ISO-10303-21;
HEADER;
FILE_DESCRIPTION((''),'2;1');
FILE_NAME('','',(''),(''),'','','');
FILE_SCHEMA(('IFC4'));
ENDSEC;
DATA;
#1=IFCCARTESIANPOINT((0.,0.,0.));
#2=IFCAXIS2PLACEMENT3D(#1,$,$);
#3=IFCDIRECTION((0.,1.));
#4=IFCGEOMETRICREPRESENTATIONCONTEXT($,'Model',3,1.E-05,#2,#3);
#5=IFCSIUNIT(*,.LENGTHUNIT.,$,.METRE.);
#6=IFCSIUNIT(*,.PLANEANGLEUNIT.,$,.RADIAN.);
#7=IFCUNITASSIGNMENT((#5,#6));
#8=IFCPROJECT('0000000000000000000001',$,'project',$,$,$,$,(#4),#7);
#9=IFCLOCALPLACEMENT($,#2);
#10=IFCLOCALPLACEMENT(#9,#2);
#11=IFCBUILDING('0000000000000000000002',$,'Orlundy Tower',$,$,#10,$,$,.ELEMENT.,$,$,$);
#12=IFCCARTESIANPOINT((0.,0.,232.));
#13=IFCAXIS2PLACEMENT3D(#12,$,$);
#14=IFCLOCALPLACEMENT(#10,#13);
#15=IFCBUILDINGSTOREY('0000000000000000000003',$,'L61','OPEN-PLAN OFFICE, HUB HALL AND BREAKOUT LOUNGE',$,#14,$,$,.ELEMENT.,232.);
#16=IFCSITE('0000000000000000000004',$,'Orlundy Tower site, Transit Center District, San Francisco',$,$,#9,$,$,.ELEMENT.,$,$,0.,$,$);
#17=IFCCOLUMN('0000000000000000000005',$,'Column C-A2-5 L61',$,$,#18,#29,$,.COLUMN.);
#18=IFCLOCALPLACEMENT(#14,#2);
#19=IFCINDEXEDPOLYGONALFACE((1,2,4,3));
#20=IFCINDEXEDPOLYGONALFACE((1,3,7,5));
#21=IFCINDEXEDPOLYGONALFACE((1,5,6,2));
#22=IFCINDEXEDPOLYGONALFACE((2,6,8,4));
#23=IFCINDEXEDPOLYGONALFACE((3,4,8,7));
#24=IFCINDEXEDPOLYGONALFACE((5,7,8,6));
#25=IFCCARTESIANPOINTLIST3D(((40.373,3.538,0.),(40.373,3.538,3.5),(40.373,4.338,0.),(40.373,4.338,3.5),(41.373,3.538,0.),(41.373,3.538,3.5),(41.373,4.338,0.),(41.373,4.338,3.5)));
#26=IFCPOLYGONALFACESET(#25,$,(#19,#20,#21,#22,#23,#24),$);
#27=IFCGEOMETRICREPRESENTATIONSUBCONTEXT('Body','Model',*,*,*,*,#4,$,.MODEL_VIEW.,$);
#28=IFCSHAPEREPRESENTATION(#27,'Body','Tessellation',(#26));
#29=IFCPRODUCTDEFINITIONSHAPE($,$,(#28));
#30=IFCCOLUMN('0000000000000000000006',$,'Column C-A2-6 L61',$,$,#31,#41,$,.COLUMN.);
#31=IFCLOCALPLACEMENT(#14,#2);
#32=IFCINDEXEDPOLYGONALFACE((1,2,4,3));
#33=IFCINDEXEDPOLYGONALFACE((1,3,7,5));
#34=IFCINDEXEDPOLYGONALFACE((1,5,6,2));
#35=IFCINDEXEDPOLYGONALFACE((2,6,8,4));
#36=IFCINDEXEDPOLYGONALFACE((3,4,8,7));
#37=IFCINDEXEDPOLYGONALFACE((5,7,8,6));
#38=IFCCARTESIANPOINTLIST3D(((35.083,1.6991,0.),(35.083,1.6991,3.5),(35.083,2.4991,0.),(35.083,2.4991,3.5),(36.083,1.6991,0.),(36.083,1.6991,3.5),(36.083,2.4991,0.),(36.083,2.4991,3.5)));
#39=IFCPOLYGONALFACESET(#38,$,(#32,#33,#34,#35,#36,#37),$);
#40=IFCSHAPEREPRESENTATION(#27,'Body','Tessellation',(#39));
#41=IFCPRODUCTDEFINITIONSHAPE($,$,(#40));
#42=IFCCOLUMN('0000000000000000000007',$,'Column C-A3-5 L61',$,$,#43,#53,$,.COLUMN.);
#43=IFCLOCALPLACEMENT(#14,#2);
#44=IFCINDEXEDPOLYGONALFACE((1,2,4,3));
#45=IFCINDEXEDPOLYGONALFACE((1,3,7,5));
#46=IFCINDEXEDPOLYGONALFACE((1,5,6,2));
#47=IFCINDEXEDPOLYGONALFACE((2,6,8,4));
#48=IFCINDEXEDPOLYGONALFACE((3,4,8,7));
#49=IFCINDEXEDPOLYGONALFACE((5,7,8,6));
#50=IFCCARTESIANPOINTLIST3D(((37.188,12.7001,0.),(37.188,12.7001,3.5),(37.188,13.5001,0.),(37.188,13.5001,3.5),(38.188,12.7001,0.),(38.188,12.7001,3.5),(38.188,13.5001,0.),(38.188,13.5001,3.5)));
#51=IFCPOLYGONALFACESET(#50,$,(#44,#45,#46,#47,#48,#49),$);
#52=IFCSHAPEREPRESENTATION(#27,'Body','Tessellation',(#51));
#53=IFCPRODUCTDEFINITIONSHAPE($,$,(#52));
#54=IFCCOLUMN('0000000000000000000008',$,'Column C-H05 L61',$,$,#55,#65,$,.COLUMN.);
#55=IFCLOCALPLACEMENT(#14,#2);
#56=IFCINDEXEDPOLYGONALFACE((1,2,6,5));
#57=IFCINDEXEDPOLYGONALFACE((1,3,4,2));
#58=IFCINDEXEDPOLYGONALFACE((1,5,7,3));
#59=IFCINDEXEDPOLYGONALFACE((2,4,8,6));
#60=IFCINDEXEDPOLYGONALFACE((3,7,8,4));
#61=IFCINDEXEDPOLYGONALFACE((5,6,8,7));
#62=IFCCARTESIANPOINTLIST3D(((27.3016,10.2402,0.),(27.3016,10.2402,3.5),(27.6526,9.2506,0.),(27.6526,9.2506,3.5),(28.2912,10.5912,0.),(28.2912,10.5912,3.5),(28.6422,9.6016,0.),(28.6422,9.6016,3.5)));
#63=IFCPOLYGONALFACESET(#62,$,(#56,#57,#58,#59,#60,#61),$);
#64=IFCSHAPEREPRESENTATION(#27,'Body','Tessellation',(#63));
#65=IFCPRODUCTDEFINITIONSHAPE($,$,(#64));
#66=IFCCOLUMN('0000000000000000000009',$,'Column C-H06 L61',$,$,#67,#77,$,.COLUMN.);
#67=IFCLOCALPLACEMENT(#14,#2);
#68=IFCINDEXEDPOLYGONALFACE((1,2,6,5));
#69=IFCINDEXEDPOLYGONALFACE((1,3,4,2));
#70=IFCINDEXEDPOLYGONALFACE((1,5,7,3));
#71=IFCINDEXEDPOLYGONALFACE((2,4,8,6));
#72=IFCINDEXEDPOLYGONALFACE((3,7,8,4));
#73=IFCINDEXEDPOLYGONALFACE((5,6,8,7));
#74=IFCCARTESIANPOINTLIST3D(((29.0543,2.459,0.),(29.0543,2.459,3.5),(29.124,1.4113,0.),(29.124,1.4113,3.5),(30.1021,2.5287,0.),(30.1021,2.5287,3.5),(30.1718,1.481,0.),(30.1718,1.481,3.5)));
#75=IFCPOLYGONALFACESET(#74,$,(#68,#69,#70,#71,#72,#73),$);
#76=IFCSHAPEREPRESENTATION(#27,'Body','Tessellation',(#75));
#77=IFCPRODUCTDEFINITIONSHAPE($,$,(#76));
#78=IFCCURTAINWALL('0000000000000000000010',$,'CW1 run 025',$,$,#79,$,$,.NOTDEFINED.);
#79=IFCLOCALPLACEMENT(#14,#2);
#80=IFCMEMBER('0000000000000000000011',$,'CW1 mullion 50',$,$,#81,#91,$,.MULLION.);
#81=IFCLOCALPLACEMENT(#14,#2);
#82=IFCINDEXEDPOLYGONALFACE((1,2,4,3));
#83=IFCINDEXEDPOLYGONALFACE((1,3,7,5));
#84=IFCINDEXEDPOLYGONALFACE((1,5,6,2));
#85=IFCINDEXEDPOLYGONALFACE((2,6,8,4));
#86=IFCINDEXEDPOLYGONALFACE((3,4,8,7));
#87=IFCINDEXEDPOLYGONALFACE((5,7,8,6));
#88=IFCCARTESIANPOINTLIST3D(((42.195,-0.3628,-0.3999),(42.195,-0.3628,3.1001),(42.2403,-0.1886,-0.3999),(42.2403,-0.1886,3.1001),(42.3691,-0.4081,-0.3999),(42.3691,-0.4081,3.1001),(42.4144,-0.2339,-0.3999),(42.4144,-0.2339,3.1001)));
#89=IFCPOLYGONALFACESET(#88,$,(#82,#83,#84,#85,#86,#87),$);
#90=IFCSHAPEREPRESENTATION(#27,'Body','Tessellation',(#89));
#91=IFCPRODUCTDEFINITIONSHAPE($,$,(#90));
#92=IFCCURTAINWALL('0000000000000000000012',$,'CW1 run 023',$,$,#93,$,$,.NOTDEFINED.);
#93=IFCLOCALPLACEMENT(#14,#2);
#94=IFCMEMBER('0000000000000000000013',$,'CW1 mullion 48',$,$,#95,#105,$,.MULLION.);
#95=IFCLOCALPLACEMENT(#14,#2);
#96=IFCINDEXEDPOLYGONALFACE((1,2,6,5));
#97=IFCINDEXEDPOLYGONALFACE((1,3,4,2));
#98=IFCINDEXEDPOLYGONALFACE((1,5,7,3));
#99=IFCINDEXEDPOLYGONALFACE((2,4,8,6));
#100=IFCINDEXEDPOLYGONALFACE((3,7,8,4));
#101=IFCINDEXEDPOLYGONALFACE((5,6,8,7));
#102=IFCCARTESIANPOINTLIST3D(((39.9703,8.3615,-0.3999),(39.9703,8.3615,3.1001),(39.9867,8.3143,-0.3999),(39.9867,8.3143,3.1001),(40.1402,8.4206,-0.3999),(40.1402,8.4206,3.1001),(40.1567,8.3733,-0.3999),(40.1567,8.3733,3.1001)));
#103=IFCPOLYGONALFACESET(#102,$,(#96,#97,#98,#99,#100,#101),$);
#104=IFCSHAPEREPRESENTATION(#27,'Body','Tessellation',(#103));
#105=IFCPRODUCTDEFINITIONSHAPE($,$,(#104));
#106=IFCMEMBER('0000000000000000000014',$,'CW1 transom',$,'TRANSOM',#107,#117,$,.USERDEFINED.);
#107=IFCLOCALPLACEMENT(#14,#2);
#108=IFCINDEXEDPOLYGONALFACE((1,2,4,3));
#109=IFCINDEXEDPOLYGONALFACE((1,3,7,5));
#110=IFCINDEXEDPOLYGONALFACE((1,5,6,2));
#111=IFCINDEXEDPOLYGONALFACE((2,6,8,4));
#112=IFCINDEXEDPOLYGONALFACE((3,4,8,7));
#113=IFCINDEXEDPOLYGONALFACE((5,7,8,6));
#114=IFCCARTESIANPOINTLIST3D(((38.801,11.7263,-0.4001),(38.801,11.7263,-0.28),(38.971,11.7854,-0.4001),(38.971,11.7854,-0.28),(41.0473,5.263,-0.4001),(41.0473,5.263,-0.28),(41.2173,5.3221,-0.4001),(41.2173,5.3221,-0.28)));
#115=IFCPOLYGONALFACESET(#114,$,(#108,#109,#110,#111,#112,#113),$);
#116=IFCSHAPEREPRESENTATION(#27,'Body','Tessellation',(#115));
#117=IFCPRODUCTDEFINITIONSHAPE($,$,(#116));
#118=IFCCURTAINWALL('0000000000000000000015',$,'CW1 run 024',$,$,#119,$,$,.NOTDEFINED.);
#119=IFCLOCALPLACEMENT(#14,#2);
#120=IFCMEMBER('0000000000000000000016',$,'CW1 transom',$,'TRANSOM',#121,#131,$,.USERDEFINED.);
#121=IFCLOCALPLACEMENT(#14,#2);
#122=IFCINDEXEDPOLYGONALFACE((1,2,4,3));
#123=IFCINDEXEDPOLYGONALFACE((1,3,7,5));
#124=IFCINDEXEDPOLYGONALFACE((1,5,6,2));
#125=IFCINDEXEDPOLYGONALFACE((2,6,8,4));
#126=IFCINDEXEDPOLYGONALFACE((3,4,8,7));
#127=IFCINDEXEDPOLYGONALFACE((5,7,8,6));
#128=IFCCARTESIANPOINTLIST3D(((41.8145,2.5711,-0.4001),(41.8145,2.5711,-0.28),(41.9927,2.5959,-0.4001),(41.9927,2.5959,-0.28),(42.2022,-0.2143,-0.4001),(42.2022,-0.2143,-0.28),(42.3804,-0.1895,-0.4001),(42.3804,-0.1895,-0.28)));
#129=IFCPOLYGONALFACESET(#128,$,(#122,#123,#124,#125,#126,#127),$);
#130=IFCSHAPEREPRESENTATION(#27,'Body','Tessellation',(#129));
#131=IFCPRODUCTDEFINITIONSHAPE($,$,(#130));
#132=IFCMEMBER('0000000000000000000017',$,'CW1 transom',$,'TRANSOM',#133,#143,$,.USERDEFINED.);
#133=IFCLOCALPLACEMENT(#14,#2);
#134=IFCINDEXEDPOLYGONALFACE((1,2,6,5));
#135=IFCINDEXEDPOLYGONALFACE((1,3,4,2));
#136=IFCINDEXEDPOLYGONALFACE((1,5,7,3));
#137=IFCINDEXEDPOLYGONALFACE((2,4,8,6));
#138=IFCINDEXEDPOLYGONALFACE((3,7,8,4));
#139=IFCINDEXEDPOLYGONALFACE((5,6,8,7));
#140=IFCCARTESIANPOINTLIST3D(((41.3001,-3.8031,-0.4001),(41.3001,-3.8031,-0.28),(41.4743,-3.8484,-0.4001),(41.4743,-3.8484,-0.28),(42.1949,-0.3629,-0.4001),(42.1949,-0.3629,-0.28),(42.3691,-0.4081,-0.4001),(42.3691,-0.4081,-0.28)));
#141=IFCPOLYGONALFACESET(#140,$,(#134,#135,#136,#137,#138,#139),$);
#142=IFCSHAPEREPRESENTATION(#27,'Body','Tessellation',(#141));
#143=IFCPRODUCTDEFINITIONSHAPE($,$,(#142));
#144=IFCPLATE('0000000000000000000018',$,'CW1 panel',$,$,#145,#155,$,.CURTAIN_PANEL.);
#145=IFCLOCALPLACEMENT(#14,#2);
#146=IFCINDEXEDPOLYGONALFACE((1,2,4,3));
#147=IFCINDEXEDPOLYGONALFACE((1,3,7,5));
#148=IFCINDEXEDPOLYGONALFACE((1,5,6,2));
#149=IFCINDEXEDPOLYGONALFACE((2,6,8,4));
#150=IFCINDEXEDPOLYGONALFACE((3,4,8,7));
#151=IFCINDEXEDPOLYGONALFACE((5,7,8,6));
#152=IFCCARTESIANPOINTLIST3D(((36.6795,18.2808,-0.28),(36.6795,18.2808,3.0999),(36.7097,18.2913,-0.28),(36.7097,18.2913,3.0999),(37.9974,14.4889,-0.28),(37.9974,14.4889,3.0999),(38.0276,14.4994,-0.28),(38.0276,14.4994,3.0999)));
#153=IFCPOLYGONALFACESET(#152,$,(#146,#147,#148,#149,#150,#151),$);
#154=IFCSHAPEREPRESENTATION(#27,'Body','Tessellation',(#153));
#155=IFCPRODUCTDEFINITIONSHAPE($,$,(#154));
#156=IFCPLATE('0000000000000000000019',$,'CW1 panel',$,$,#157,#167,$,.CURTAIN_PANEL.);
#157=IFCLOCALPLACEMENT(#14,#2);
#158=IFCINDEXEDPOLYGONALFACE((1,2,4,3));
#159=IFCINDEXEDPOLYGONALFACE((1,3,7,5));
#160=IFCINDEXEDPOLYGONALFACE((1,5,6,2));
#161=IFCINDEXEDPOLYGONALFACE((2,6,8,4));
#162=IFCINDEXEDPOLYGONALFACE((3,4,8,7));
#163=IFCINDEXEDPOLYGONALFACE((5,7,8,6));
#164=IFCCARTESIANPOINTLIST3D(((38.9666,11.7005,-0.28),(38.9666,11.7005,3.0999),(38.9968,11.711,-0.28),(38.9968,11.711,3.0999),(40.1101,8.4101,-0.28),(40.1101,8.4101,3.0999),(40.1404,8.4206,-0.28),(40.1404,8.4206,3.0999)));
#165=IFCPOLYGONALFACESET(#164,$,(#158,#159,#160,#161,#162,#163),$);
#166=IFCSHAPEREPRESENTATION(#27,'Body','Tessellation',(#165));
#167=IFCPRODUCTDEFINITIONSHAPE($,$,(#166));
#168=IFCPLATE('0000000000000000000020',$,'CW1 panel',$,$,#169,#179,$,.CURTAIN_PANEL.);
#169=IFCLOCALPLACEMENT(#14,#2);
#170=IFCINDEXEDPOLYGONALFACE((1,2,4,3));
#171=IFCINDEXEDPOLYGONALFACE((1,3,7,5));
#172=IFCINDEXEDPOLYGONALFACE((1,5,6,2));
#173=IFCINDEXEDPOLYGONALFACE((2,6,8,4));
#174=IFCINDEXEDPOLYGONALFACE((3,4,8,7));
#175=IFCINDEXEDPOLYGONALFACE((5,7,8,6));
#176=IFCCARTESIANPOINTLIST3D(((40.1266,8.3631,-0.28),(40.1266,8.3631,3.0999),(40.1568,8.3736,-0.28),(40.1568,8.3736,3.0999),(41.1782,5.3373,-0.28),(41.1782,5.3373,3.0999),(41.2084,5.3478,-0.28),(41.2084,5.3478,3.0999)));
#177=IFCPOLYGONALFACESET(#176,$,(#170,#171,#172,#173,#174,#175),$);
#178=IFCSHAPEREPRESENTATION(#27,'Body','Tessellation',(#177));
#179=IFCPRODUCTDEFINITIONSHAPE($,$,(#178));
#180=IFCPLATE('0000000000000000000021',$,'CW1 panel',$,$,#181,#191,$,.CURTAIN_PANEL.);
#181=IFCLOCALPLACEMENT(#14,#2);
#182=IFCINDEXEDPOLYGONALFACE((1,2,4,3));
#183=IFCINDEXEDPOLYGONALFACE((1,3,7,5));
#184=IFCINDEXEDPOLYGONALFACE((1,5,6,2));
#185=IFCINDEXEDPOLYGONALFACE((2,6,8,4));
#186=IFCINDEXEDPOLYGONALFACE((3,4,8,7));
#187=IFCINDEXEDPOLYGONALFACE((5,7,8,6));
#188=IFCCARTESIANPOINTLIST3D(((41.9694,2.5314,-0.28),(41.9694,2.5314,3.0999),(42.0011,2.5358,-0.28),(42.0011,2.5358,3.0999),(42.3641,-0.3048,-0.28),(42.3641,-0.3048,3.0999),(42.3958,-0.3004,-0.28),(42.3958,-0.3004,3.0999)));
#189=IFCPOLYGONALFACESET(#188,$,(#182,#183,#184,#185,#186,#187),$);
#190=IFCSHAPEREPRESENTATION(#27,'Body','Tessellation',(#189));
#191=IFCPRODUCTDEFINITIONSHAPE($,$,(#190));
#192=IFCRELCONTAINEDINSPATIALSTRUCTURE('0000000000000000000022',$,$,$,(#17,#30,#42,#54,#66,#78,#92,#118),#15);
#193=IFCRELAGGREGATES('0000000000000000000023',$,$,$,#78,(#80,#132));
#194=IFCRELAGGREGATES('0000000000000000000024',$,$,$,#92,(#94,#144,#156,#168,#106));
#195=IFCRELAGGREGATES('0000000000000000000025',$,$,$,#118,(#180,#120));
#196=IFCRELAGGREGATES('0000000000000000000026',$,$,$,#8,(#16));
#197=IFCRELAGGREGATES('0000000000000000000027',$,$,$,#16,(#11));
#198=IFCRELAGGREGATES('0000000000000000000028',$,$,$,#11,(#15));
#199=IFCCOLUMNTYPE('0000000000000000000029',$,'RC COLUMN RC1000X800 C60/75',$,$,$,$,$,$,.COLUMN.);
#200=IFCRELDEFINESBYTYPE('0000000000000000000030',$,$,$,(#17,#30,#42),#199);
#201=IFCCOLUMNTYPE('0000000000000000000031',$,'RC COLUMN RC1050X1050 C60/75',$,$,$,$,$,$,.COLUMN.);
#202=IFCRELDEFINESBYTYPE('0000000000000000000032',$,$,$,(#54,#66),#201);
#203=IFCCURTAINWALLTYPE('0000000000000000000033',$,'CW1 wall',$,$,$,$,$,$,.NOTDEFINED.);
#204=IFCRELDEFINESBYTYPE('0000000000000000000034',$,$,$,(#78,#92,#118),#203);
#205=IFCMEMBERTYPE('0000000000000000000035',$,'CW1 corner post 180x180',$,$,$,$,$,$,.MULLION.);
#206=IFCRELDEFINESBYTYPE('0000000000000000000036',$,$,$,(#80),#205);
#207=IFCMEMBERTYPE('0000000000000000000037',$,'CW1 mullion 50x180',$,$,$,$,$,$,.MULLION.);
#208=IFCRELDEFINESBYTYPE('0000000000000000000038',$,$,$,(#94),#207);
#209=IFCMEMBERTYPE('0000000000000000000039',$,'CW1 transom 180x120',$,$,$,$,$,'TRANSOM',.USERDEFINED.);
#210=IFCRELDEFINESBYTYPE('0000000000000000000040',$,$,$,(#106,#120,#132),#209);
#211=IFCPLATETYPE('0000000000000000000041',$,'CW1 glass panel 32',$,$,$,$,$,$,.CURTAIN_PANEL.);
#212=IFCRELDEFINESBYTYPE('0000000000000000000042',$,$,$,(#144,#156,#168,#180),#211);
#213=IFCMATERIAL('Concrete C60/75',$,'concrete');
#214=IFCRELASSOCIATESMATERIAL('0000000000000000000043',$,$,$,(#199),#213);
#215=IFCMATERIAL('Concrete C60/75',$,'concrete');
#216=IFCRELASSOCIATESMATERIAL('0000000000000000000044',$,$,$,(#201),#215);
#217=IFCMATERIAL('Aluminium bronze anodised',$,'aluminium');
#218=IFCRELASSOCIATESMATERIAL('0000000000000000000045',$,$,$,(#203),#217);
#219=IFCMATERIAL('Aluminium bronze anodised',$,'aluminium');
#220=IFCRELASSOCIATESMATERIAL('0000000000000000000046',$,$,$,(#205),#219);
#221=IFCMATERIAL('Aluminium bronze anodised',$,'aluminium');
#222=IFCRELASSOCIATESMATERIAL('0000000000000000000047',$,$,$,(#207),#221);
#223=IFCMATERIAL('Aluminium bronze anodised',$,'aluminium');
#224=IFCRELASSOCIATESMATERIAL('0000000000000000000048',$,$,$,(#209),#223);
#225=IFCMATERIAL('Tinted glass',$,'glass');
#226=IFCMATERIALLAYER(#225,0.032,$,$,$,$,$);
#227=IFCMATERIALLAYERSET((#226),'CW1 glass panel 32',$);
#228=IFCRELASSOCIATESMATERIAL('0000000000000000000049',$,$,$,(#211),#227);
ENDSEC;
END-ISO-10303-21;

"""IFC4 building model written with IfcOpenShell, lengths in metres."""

from ifc_helpers import new_model, si_unit, direction, frame, origin, origin_2d, place, context, subcontext, project, spatial, rectangle, extrude, material, layer, layer_set, material_profile, profile_set, type_object, element, aggregate, save


model = new_model("IFC4")

# Units and contexts
model_context = context("Model", 3, precision=1e-05, world=origin(), true_north=direction((0.0, 1.0)))
body_context = subcontext(model_context, "Body", "Model", "MODEL_VIEW")
ifc_project = project(units=[si_unit("LENGTHUNIT", "METRE"), si_unit("PLANEANGLEUNIT", "RADIAN")], contexts=[model_context])

# Site, building, storey
site_placement = place(None, origin())
site = spatial("IfcSite", under=ifc_project, at=site_placement, Name="Orlundy Tower site, Transit Center District, San Francisco", CompositionType="ELEMENT", RefElevation=0.0)
building_placement = place(site_placement, origin())
building = spatial("IfcBuilding", under=site, at=building_placement, Name="Orlundy Tower", CompositionType="ELEMENT")
storey_placement = place(building_placement, frame((0.0, 0.0, 232.0)))
storey = spatial("IfcBuildingStorey", under=building, at=storey_placement, Name="L61", Description="OPEN-PLAN OFFICE, HUB HALL AND BREAKOUT LOUNGE", CompositionType="ELEMENT", Elevation=232.0)

# Columns
ifc_material_1 = material(Name="Concrete C60/75", Category="concrete")
ifc_material_profile_1 = material_profile(ifc_material_1, rectangle(XDim=1.0, YDim=0.8, at=origin_2d()), Name="RC1000X800")
ifc_profile_set_1 = profile_set([ifc_material_profile_1], Name="Concrete C60/75")
column_type_1 = type_object("IfcColumnType", Name="RC COLUMN RC1000X800 C60/75", PredefinedType="COLUMN", material=ifc_profile_set_1)
for number, where, z_axis, x_axis, name in (
    (1, (40.873, 3.938, 0.0), (0.0, 0.0, 1.0), (1.0, 0.0, 0.0), "Column C-A2-5 L61"),
    (2, (35.583, 2.0991, 0.0), (0.0, 0.0, 1.0), (1.0, 0.0, 0.0), "Column C-A2-6 L61"),
    (3, (37.688, 13.1001, 0.0), (0.0, 0.0, 1.0), (1.0, 0.0, 0.0), "Column C-A3-5 L61"),
):
    element("IfcColumn", number, at=place(storey_placement, frame(where, z_axis=z_axis, x_axis=x_axis)), inside=storey, type_object=column_type_1, Name=name, PredefinedType="COLUMN", context=body_context, shape_type="SweptSolid", body=[
        extrude(rectangle(XDim=1.0, YDim=0.8, at=origin_2d()), origin(), (0.0, 0.0, 1.0), 3.5),
    ])
ifc_material_2 = material(Name="Concrete C60/75", Category="concrete")
ifc_material_profile_2 = material_profile(ifc_material_2, rectangle(XDim=1.05, YDim=1.05, at=origin_2d()), Name="RC1050X1050")
ifc_profile_set_2 = profile_set([ifc_material_profile_2], Name="Concrete C60/75")
column_type_2 = type_object("IfcColumnType", Name="RC COLUMN RC1050X1050 C60/75", PredefinedType="COLUMN", material=ifc_profile_set_2)
for number, where, z_axis, x_axis, name in (
    (4, (27.9719, 9.9209, 0.0), (0.0, 0.0, 1.0), (0.942478, 0.334267, 0.0), "Column C-H05 L61"),
    (5, (29.613, 1.97, 0.0), (0.0, 0.0, 1.0), (0.997795, 0.066378, 0.0), "Column C-H06 L61"),
):
    element("IfcColumn", number, at=place(storey_placement, frame(where, z_axis=z_axis, x_axis=x_axis)), inside=storey, type_object=column_type_2, Name=name, PredefinedType="COLUMN", context=body_context, shape_type="SweptSolid", body=[
        extrude(rectangle(XDim=1.05, YDim=1.05, at=origin_2d()), origin(), (0.0, 0.0, 1.0), 3.5),
    ])

# Curtain wall, member
ifc_material_3 = material(Name="Aluminium bronze anodised", Category="aluminium")
curtain_wall_type = type_object("IfcCurtainWallType", Name="CW1 wall", PredefinedType="NOTDEFINED", material=ifc_material_3)
curtain_wall_1_placement = place(storey_placement, origin())
curtain_wall_1 = element("IfcCurtainWall", 6, at=curtain_wall_1_placement, inside=storey, type_object=curtain_wall_type, Name="CW1 run 025", PredefinedType="NOTDEFINED")
ifc_material_4 = material(Name="Aluminium bronze anodised", Category="aluminium")
ifc_material_profile_3 = material_profile(ifc_material_4, rectangle(XDim=0.1799, YDim=0.1799, at=origin_2d()), Name="CW1 corner post 180x180")
ifc_profile_set_3 = profile_set([ifc_material_profile_3], Name="Aluminium bronze anodised")
member_type_1 = type_object("IfcMemberType", Name="CW1 corner post 180x180", PredefinedType="MULLION", material=ifc_profile_set_3)
member_1_placement = place(storey_placement, frame((42.3047, -0.2983, -0.3999), z_axis=(0.0, 0.0, 1.0), x_axis=(0.967798, -0.25173, 0.0)))
member_1 = element("IfcMember", 7, at=member_1_placement, type_object=member_type_1, Name="CW1 mullion 50", PredefinedType="MULLION", context=body_context, shape_type="SweptSolid", body=[
    extrude(rectangle(XDim=0.1799, YDim=0.1799, at=origin_2d()), origin(), (0.0, 0.0, 1.0), 3.5),
])

# Curtain wall, members
curtain_wall_2_placement = place(storey_placement, origin())
curtain_wall_2 = element("IfcCurtainWall", 8, at=curtain_wall_2_placement, inside=storey, type_object=curtain_wall_type, Name="CW1 run 023", PredefinedType="NOTDEFINED")
ifc_material_5 = material(Name="Aluminium bronze anodised", Category="aluminium")
ifc_material_profile_4 = material_profile(ifc_material_5, rectangle(XDim=0.1799, YDim=0.05, at=origin_2d()), Name="CW1 mullion 50x180")
ifc_profile_set_4 = profile_set([ifc_material_profile_4], Name="Aluminium bronze anodised")
member_type_2 = type_object("IfcMemberType", Name="CW1 mullion 50x180", PredefinedType="MULLION", material=ifc_profile_set_4)
member_2_placement = place(storey_placement, frame((40.0635, 8.3674, -0.3999), z_axis=(0.0, 0.0, 1.0), x_axis=(0.944578, 0.328288, 0.0)))
member_2 = element("IfcMember", 9, at=member_2_placement, type_object=member_type_2, Name="CW1 mullion 48", PredefinedType="MULLION", context=body_context, shape_type="SweptSolid", body=[
    extrude(rectangle(XDim=0.1799, YDim=0.05, at=origin_2d()), origin(), (0.0, 0.0, 1.0), 3.5),
])
ifc_material_6 = material(Name="Aluminium bronze anodised", Category="aluminium")
ifc_material_profile_5 = material_profile(ifc_material_6, rectangle(XDim=0.1799, YDim=0.1201, at=origin_2d()), Name="CW1 transom 180x120")
ifc_profile_set_5 = profile_set([ifc_material_profile_5], Name="Aluminium bronze anodised")
member_type_3 = type_object("IfcMemberType", Name="CW1 transom 180x120", ElementType="TRANSOM", PredefinedType="USERDEFINED", material=ifc_profile_set_5)
member_3_placement = place(storey_placement, frame((38.886, 11.7559, -0.3401), z_axis=(0.328287, -0.944578, 0.0), x_axis=(0.944578, 0.328287, 0.0)))
member_3 = element("IfcMember", 10, at=member_3_placement, type_object=member_type_3, Name="CW1 transom", ObjectType="TRANSOM", PredefinedType="USERDEFINED", context=body_context, shape_type="SweptSolid", body=[
    extrude(rectangle(XDim=0.1799, YDim=0.1201, at=origin_2d()), origin(), (0.0, 0.0, 1.0), 6.8425),
])

# Curtain wall, member
curtain_wall_3_placement = place(storey_placement, origin())
curtain_wall_3 = element("IfcCurtainWall", 11, at=curtain_wall_3_placement, inside=storey, type_object=curtain_wall_type, Name="CW1 run 024", PredefinedType="NOTDEFINED")
member_4_placement = place(storey_placement, frame((41.9036, 2.5835, -0.3401), z_axis=(0.137859, -0.990452, 0.0), x_axis=(0.990452, 0.137859, 0.0)))
member_4 = element("IfcMember", 12, at=member_4_placement, type_object=member_type_3, Name="CW1 transom", ObjectType="TRANSOM", PredefinedType="USERDEFINED", context=body_context, shape_type="SweptSolid", body=[
    extrude(rectangle(XDim=0.1799, YDim=0.1201, at=origin_2d()), origin(), (0.0, 0.0, 1.0), 2.8123),
])

# Member
member_5_placement = place(storey_placement, frame((42.282, -0.3855, -0.3401), z_axis=(-0.25172, -0.9678, 0.0), x_axis=(0.9678, -0.25172, 0.0)))
member_5 = element("IfcMember", 13, at=member_5_placement, type_object=member_type_3, Name="CW1 transom", ObjectType="TRANSOM", PredefinedType="USERDEFINED", context=body_context, shape_type="SweptSolid", body=[
    extrude(rectangle(XDim=0.1799, YDim=0.1201, at=origin_2d()), origin(), (0.0, 0.0, 1.0), 3.5547),
])
aggregate(curtain_wall_1, [member_1, member_5])

# Plates
ifc_material_7 = material(Name="Tinted glass", Category="glass")
ifc_layer_1 = layer(ifc_material_7, 0.032)
ifc_layer_set_1 = layer_set([ifc_layer_1], Name="CW1 glass panel 32")
plate_type = type_object("IfcPlateType", Name="CW1 glass panel 32", PredefinedType="CURTAIN_PANEL", material=ifc_layer_set_1)
plate_1_placement = place(storey_placement, frame((37.3535, 16.3901, -0.28), z_axis=(0.0, 0.0, 1.0), x_axis=(0.328288, -0.944578, 0.0)))
plate_1 = element("IfcPlate", 14, at=plate_1_placement, type_object=plate_type, Name="CW1 panel", PredefinedType="CURTAIN_PANEL", context=body_context, shape_type="SweptSolid", body=[
    extrude(rectangle(XDim=4.0144, YDim=0.032, at=origin_2d()), origin(), (0.0, 0.0, 1.0), 3.3799),
])
plate_2_placement = place(storey_placement, frame((39.5535, 10.0605, -0.28), z_axis=(0.0, 0.0, 1.0), x_axis=(0.328288, -0.944578, 0.0)))
plate_2 = element("IfcPlate", 15, at=plate_2_placement, type_object=plate_type, Name="CW1 panel", PredefinedType="CURTAIN_PANEL", context=body_context, shape_type="SweptSolid", body=[
    extrude(rectangle(XDim=3.4834, YDim=0.032, at=origin_2d()), origin(), (0.0, 0.0, 1.0), 3.3799),
])
plate_3_placement = place(storey_placement, frame((40.6675, 6.8555, -0.28), z_axis=(0.0, 0.0, 1.0), x_axis=(0.328288, -0.944578, 0.0)))
plate_3 = element("IfcPlate", 16, at=plate_3_placement, type_object=plate_type, Name="CW1 panel", PredefinedType="CURTAIN_PANEL", context=body_context, shape_type="SweptSolid", body=[
    extrude(rectangle(XDim=3.2034, YDim=0.032, at=origin_2d()), origin(), (0.0, 0.0, 1.0), 3.3799),
])
aggregate(curtain_wall_2, [member_2, plate_1, plate_2, plate_3, member_3])
plate_4_placement = place(storey_placement, frame((42.1826, 1.1155, -0.28), z_axis=(0.0, 0.0, 1.0), x_axis=(0.137833, -0.990455, 0.0)))
plate_4 = element("IfcPlate", 17, at=plate_4_placement, type_object=plate_type, Name="CW1 panel", PredefinedType="CURTAIN_PANEL", context=body_context, shape_type="SweptSolid", body=[
    extrude(rectangle(XDim=2.8635, YDim=0.032, at=origin_2d()), origin(), (0.0, 0.0, 1.0), 3.3799),
])
aggregate(curtain_wall_3, [plate_4, member_4])

save(model, "model.ifc")
